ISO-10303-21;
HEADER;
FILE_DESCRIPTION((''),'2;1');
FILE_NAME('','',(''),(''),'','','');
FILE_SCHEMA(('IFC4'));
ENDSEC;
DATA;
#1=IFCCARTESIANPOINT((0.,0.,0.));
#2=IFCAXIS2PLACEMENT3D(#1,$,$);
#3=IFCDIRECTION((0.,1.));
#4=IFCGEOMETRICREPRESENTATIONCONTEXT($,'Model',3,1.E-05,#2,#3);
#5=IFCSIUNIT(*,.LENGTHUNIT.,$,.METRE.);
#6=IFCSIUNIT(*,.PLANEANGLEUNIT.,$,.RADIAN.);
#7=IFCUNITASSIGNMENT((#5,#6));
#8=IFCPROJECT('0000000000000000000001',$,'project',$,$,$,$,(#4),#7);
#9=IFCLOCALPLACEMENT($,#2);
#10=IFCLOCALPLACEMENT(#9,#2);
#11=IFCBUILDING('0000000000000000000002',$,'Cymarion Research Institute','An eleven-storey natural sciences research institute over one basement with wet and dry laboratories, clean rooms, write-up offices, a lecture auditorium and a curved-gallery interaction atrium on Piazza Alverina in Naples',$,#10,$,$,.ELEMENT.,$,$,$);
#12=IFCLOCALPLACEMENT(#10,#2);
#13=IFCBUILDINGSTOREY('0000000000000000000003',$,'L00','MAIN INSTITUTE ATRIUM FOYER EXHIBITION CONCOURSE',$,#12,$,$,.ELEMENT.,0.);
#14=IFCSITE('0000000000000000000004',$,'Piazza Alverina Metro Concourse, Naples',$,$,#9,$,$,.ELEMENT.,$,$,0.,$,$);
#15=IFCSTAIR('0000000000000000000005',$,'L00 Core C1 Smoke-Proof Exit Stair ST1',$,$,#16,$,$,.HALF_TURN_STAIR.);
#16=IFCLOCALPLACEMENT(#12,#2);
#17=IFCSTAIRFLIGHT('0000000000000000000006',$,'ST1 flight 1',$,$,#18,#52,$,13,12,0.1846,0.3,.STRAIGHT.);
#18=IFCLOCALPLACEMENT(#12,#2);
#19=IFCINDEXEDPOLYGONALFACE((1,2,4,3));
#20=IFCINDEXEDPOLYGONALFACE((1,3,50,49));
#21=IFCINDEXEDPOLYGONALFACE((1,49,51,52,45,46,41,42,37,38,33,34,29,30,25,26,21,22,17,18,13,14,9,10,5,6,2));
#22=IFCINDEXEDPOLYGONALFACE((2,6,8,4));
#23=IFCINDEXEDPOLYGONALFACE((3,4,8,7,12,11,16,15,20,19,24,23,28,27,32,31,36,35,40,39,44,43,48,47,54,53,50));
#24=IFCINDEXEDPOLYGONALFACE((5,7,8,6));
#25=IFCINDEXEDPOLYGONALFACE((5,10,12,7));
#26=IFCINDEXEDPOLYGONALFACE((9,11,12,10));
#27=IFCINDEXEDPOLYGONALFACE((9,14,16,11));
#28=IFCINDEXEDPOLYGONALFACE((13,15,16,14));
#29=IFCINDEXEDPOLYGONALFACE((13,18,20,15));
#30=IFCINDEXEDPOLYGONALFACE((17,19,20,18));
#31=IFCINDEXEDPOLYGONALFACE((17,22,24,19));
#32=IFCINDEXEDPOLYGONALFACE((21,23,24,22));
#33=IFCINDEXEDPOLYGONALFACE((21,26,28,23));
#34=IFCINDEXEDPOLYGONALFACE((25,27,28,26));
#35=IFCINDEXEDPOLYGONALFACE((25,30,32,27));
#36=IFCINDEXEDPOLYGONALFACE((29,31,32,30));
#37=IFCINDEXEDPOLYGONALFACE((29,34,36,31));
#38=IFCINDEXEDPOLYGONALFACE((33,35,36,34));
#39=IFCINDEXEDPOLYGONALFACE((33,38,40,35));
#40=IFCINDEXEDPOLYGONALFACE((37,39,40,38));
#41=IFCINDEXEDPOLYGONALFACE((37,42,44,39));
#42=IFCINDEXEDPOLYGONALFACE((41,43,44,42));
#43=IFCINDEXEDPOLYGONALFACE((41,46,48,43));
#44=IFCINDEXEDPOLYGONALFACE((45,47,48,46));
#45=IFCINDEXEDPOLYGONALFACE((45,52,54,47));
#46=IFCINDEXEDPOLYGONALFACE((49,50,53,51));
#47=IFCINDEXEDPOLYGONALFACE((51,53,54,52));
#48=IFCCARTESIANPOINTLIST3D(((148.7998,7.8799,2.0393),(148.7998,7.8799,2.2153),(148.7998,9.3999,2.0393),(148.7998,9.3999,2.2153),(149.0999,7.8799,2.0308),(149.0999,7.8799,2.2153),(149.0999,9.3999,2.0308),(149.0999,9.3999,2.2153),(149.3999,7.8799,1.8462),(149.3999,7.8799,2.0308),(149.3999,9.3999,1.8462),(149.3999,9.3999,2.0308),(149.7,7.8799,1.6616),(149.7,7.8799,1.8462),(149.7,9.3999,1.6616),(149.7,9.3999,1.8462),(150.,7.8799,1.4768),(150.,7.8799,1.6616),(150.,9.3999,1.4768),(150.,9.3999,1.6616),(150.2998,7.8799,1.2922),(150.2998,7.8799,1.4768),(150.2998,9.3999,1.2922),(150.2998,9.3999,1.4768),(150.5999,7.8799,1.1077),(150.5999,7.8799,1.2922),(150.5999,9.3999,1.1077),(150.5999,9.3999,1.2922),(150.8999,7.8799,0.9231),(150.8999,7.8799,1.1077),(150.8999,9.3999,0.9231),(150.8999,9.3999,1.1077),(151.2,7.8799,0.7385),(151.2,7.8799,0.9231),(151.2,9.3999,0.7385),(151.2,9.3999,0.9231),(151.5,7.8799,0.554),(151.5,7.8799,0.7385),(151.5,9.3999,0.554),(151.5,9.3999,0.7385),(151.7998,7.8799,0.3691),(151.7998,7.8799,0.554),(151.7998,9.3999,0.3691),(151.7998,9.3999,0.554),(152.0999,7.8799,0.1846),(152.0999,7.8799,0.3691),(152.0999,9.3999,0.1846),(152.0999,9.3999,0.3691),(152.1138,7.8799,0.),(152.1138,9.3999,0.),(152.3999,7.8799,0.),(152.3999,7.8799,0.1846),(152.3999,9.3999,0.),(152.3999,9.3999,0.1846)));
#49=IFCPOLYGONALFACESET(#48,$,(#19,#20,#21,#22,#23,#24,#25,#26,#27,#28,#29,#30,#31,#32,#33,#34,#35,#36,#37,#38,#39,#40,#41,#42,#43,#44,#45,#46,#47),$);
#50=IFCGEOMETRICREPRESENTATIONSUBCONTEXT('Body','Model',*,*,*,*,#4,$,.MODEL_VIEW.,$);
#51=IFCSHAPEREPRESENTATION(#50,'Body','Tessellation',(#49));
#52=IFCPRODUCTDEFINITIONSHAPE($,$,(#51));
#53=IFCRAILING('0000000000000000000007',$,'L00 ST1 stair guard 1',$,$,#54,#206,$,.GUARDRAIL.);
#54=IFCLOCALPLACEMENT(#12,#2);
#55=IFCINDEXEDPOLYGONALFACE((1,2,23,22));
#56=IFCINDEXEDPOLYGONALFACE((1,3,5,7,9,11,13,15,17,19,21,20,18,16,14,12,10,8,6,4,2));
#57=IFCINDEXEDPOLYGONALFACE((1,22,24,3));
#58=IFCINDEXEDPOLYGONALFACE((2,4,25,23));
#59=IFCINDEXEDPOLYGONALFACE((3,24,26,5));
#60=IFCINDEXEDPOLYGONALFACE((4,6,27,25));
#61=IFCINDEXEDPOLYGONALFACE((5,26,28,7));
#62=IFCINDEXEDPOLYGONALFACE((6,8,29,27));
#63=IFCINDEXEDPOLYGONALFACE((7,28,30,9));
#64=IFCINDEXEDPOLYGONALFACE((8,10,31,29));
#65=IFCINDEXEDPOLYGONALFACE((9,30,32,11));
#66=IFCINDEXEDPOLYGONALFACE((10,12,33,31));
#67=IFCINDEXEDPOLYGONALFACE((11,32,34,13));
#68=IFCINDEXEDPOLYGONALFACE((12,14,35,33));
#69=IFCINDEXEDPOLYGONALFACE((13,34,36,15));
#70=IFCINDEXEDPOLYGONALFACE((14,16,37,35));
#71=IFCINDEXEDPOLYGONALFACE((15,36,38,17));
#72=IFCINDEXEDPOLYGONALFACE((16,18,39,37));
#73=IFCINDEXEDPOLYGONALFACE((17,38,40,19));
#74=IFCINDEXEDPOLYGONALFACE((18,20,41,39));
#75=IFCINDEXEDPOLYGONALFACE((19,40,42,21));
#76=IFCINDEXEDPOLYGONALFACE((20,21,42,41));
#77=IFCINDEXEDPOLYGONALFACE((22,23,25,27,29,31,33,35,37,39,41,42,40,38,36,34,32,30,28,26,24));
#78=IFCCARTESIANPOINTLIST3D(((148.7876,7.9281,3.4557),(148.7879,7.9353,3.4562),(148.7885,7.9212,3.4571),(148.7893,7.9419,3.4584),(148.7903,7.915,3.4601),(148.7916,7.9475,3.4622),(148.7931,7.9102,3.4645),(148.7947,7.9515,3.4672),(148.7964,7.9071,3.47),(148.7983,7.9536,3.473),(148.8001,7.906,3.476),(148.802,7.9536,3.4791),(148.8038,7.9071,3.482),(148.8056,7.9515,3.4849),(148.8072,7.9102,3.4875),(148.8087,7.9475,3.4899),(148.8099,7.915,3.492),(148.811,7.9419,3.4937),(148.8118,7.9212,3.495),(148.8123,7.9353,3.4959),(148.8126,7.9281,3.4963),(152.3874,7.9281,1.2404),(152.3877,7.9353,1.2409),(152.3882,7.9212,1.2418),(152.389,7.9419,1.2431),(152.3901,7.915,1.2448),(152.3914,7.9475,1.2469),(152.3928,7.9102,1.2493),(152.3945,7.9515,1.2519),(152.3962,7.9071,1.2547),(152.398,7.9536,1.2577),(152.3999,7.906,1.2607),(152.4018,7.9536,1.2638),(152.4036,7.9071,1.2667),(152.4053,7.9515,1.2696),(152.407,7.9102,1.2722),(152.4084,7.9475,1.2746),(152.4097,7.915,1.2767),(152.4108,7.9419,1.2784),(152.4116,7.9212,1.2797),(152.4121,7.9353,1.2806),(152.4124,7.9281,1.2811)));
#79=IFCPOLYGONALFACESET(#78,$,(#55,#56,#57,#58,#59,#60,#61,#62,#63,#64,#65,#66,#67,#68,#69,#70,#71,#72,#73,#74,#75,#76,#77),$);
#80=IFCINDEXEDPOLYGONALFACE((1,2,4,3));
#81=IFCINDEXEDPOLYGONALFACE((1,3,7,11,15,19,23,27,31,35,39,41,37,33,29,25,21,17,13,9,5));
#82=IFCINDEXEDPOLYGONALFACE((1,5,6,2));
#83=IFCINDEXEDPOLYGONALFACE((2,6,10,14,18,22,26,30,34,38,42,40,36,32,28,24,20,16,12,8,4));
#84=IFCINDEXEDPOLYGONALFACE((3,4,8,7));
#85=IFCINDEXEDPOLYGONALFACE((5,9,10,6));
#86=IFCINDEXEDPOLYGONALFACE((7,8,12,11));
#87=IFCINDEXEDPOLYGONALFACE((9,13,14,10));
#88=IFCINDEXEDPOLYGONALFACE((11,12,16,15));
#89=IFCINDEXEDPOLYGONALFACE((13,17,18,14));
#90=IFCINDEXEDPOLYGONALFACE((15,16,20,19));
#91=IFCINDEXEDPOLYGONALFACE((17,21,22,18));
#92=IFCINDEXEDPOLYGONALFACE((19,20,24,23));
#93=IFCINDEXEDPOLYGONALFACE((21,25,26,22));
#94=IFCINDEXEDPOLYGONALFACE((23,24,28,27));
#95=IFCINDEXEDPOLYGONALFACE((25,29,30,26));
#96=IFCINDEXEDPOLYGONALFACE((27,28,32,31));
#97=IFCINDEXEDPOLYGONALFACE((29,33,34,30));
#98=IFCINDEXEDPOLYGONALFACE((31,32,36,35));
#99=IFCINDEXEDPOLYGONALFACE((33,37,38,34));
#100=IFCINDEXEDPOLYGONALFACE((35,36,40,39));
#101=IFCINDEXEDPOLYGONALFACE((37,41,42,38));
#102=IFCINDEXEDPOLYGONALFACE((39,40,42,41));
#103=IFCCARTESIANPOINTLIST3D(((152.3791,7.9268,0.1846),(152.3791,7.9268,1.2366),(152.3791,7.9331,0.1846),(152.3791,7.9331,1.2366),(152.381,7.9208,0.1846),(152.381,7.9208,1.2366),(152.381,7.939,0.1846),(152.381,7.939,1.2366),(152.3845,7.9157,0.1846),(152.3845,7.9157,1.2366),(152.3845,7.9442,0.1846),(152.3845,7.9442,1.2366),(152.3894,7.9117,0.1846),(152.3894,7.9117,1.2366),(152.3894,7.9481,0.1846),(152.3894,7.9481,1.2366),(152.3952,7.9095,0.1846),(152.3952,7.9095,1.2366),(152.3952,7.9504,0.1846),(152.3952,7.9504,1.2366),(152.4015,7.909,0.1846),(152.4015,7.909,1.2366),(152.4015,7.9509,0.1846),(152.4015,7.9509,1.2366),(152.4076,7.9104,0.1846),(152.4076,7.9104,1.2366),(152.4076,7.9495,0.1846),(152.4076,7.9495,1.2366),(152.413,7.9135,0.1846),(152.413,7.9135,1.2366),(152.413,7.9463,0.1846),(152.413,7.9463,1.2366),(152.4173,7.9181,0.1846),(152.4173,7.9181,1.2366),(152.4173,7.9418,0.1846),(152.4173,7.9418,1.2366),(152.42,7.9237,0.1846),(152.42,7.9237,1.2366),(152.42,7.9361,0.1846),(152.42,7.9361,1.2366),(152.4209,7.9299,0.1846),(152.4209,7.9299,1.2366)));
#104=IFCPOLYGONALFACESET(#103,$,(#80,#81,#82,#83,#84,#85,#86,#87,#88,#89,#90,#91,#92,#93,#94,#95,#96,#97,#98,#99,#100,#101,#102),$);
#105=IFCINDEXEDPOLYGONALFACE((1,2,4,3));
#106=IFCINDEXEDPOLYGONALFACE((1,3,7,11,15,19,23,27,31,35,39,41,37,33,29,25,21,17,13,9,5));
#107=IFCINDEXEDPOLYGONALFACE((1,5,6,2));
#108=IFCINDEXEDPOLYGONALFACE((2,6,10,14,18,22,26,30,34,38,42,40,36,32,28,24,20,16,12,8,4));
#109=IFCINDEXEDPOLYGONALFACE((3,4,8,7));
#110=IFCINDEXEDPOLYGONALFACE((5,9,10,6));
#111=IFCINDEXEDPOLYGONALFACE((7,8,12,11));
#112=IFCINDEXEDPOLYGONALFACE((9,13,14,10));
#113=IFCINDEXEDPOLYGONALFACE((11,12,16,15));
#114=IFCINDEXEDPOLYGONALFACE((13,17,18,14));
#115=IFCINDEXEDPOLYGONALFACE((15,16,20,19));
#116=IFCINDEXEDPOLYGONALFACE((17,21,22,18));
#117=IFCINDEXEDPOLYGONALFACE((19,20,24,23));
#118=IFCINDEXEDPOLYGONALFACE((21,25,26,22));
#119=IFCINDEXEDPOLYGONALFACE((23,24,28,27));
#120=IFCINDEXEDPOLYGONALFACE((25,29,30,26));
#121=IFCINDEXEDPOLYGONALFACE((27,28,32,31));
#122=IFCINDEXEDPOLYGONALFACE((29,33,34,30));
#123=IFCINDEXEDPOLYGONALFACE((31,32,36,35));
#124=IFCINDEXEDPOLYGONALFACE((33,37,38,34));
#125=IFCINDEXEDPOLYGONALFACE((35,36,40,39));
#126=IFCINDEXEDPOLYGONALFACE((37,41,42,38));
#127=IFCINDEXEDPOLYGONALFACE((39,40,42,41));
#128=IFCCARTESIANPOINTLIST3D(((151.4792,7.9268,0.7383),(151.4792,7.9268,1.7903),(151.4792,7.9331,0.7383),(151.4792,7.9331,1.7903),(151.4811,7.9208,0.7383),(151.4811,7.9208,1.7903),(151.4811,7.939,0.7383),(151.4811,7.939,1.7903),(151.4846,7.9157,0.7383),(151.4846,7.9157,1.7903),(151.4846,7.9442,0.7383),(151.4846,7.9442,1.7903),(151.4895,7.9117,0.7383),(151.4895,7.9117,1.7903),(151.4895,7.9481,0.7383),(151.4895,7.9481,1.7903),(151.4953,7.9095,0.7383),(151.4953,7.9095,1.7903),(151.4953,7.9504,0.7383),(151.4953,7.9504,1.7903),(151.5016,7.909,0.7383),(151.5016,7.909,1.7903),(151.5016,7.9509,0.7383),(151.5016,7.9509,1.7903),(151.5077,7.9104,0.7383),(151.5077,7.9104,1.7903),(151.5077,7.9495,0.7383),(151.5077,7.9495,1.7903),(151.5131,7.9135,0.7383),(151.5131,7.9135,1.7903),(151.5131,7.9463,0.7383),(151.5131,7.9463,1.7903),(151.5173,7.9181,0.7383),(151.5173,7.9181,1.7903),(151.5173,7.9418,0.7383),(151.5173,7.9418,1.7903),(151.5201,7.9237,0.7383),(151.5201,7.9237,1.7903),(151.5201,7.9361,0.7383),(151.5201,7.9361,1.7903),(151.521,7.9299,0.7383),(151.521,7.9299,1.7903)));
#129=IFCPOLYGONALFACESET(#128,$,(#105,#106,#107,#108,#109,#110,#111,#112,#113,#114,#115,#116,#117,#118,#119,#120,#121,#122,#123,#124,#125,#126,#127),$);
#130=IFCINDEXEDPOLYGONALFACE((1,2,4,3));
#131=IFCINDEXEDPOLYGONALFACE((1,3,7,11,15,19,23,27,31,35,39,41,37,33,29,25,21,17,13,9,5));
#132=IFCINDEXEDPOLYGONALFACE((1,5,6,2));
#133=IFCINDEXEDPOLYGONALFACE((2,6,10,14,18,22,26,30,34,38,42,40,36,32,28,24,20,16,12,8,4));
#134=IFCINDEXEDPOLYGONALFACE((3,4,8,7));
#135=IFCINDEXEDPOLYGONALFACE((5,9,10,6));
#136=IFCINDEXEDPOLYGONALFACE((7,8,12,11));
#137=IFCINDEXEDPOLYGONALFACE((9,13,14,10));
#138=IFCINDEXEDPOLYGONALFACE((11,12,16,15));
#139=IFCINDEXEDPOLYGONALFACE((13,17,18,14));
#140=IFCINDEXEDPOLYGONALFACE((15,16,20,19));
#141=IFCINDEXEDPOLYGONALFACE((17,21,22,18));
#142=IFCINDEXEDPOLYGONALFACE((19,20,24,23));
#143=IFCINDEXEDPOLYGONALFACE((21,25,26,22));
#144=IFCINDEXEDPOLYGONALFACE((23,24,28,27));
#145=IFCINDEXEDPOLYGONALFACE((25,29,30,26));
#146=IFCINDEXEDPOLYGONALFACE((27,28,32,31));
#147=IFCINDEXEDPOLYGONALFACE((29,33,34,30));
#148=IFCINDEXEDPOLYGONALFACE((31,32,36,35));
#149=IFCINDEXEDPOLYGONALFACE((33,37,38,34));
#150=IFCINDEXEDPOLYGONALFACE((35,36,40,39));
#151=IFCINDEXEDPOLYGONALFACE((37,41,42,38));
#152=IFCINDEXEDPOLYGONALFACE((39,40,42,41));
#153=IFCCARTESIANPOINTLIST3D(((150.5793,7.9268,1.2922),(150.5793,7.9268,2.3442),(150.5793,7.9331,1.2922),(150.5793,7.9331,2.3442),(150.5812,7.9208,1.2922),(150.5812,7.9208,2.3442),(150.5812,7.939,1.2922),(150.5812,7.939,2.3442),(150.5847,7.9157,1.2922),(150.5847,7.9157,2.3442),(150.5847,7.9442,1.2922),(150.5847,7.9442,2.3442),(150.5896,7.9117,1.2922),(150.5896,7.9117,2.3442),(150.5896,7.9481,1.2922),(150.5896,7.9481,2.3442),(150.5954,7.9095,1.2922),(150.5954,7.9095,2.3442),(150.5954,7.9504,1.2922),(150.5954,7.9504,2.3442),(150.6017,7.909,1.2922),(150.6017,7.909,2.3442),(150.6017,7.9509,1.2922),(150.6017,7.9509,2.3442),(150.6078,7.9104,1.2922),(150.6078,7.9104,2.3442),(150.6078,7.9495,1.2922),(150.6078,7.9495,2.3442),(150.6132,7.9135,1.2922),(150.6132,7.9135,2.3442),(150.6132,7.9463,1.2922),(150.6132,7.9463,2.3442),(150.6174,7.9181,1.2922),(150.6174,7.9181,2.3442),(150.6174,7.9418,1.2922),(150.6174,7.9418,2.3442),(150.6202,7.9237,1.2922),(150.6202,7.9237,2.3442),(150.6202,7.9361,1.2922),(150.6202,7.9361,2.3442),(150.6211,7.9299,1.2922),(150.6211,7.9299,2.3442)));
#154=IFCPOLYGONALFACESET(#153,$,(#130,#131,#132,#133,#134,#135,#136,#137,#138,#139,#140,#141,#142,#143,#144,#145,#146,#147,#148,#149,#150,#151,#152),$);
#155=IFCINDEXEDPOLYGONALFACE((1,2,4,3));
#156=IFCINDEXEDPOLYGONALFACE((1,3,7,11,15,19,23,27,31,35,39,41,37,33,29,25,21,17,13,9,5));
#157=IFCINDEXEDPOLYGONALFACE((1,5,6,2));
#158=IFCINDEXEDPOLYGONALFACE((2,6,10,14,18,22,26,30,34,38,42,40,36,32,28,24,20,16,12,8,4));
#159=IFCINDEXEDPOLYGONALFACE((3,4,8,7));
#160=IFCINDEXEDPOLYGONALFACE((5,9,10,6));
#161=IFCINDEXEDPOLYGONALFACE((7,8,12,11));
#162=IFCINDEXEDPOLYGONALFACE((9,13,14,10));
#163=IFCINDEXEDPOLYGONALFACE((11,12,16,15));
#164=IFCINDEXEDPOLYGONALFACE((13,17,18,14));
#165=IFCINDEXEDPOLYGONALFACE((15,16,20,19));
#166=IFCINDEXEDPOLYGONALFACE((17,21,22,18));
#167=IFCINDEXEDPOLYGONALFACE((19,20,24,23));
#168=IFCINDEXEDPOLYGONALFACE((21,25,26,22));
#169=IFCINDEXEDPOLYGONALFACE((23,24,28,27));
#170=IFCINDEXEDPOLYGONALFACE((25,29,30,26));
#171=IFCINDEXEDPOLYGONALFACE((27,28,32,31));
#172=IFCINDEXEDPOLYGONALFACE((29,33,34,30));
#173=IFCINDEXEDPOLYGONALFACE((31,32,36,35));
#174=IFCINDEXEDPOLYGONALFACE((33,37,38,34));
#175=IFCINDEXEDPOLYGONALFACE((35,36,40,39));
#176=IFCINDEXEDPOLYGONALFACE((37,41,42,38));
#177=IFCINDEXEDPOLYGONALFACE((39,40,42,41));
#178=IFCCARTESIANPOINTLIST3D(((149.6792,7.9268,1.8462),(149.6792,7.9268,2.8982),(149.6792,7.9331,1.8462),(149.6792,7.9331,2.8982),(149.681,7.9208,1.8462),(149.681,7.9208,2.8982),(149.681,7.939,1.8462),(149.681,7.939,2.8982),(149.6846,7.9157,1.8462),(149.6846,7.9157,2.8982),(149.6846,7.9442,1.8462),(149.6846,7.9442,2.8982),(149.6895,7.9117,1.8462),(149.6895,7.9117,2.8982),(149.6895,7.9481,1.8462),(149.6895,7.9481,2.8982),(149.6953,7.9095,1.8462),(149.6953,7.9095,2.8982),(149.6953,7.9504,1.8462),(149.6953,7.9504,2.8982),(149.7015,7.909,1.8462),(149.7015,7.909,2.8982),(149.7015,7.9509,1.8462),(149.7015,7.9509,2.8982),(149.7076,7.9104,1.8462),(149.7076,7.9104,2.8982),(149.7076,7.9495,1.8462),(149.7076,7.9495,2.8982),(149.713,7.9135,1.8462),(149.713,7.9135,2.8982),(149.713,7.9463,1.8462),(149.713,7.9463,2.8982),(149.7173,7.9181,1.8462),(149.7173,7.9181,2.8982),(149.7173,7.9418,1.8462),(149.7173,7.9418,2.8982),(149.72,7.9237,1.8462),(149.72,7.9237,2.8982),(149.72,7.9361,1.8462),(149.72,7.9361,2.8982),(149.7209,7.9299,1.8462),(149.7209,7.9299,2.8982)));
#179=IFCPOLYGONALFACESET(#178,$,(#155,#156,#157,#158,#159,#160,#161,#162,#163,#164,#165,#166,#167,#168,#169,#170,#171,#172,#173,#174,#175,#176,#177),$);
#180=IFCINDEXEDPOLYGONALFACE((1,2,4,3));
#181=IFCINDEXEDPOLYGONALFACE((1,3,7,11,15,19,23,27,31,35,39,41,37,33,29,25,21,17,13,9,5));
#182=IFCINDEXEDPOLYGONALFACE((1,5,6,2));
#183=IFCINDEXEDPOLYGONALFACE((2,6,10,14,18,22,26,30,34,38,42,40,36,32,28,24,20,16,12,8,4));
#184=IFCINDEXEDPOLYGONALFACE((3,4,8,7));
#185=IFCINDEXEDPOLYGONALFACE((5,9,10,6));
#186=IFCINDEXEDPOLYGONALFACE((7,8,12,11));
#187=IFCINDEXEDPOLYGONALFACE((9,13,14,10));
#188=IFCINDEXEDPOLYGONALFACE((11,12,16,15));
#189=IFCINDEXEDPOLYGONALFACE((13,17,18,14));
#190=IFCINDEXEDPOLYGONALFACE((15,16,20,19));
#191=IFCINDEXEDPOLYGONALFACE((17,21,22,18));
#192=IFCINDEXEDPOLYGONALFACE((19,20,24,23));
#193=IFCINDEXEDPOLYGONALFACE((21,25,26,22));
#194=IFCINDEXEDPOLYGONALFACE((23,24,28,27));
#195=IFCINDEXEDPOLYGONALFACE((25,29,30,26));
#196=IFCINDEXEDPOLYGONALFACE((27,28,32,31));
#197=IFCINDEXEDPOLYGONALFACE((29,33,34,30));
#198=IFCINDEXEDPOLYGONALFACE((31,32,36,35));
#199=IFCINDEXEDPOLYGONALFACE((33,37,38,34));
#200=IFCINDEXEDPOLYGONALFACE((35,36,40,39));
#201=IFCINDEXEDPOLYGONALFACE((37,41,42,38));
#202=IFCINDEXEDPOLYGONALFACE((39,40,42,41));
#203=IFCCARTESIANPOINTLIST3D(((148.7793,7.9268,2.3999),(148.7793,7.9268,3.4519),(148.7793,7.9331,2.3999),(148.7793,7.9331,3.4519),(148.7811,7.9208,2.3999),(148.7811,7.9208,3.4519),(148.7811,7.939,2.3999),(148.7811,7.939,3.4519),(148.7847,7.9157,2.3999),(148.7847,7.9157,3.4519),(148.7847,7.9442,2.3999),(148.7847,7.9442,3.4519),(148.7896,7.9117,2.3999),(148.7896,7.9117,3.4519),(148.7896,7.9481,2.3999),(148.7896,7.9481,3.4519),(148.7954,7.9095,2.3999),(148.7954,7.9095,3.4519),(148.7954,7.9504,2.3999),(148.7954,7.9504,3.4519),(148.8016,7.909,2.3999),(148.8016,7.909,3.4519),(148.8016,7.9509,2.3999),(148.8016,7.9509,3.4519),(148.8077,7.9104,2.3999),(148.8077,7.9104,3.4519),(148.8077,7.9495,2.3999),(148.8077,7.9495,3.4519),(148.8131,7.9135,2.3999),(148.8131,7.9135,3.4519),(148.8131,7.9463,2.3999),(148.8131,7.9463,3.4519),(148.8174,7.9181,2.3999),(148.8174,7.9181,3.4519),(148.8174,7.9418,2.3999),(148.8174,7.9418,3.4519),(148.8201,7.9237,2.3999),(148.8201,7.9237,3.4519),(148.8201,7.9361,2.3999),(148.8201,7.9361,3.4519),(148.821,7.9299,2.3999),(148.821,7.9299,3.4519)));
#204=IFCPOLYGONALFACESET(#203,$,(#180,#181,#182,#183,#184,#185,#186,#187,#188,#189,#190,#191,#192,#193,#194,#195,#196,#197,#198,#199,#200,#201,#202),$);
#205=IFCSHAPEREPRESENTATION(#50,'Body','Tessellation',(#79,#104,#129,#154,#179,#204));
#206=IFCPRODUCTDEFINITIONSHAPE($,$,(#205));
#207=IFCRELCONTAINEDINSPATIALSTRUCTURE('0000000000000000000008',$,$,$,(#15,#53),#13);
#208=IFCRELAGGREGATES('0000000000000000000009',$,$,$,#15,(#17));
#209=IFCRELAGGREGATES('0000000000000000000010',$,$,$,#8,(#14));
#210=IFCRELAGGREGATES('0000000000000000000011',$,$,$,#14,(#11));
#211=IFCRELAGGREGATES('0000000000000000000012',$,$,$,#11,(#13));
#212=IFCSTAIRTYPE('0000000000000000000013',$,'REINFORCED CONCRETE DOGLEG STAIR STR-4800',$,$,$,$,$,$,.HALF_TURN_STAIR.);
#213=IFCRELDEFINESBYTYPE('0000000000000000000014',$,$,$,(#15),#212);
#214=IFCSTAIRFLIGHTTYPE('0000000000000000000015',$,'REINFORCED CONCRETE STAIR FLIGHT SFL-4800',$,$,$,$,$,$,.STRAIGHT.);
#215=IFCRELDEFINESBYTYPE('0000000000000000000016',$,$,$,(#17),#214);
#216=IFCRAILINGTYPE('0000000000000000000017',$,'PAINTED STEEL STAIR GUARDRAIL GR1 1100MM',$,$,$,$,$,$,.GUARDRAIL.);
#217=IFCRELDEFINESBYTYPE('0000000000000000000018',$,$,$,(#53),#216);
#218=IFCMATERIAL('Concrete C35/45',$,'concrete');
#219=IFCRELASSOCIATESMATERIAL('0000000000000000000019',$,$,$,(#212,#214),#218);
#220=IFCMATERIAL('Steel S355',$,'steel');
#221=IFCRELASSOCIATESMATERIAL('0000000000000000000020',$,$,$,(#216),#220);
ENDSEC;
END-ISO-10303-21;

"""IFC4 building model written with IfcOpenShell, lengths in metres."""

from ifc_helpers import new_model, si_unit, direction, frame, origin, origin_2d, place, context, subcontext, project, spatial, polyline, circle, outline, extrude, material, type_object, element, aggregate, save


model = new_model("IFC4")

# Units and contexts
model_context = context("Model", 3, precision=1e-05, world=origin(), true_north=direction((0.0, 1.0)))
body_context = subcontext(model_context, "Body", "Model", "MODEL_VIEW")
ifc_project = project(units=[si_unit("LENGTHUNIT", "METRE"), si_unit("PLANEANGLEUNIT", "RADIAN")], contexts=[model_context])

# Site, building, storey
site_placement = place(None, origin())
site = spatial("IfcSite", under=ifc_project, at=site_placement, Name="Piazza Alverina Metro Concourse, Naples", CompositionType="ELEMENT", RefElevation=0.0)
building_placement = place(site_placement, origin())
building = spatial("IfcBuilding", under=site, at=building_placement, Name="Cymarion Research Institute", Description="An eleven-storey natural sciences research institute over one basement with wet and dry laboratories, clean rooms, write-up offices, a lecture auditorium and a curved-gallery interaction atrium on Piazza Alverina in Naples", CompositionType="ELEMENT")
storey_placement = place(building_placement, origin())
storey = spatial("IfcBuildingStorey", under=building, at=storey_placement, Name="L00", Description="MAIN INSTITUTE ATRIUM FOYER EXHIBITION CONCOURSE", CompositionType="ELEMENT", Elevation=0.0)

# Shared definitions
ifc_material_1 = material(Name="Steel S355", Category="steel")

# Stair, stair flight
ifc_material_2 = material(Name="Concrete C35/45", Category="concrete")
stair_type = type_object("IfcStairType", Name="REINFORCED CONCRETE DOGLEG STAIR STR-4800", PredefinedType="HALF_TURN_STAIR", material=ifc_material_2)
stair_placement = place(storey_placement, origin())
stair = element("IfcStair", 1, at=stair_placement, inside=storey, type_object=stair_type, Name="L00 Core C1 Smoke-Proof Exit Stair ST1", PredefinedType="HALF_TURN_STAIR")
stair_flight_type = type_object("IfcStairFlightType", Name="REINFORCED CONCRETE STAIR FLIGHT SFL-4800", PredefinedType="STRAIGHT", material=ifc_material_2)
stair_flight_placement = place(storey_placement, frame((152.3999, 8.6399, 0.0), z_axis=(0.0, 0.0, 1.0), x_axis=(-1.0, 0.0, 0.0)))
stair_flight = element("IfcStairFlight", 2, at=stair_flight_placement, type_object=stair_flight_type, Name="ST1 flight 1", NumberOfRisers=13, NumberOfTreads=12, PredefinedType="STRAIGHT", RiserHeight=0.1846, TreadLength=0.3, context=body_context, shape_type="SweptSolid", body=[
    extrude(outline(polyline([(0.0, 0.0), (0.0, 0.1846), (0.3, 0.1846), (0.3, 0.3691), (0.6001, 0.3691), (0.6001, 0.554), (0.8999, 0.554), (0.8999, 0.7385), (1.2, 0.7385), (1.2, 0.9231), (1.5, 0.9231), (1.5, 1.1077), (1.8, 1.1077), (1.8, 1.2922), (2.1001, 1.2922), (2.1001, 1.4768), (2.3999, 1.4768), (2.3999, 1.6616), (2.7, 1.6616), (2.7, 1.8462), (3.0, 1.8462), (3.0, 2.0308), (3.3, 2.0308), (3.3, 2.2153), (3.6001, 2.2153), (3.6001, 2.3999), (3.6001, 2.0393), (0.2861, 0.0), (0.0, 0.0)])), frame((0.0, 0.76, 0.0), z_axis=(0.0, -1.0, 0.0), x_axis=(1.0, 0.0, 0.0)), (0.0, 0.0, 1.0), 1.52),
])
aggregate(stair, [stair_flight])

# Railing
railing_type_1 = type_object("IfcRailingType", Name="PAINTED STEEL STAIR GUARDRAIL GR1 1100MM", PredefinedType="GUARDRAIL", material=ifc_material_1)
railing_1_placement = place(storey_placement, frame((152.3999, 7.9299, 0.1846)))
element("IfcRailing", 3, at=railing_1_placement, inside=storey, type_object=railing_type_1, Name="L00 ST1 stair guard 1", PredefinedType="GUARDRAIL", context=body_context, shape_type="SweptSolid", body=[
    extrude(circle(Radius=0.0239, at=origin_2d()), frame((0.0, 0.0, 1.0762), z_axis=(-0.851654, 0.0, 0.524104), x_axis=(0.0, -1.0, 0.0)), (0.0, 0.0, 1.0), 4.2268),
    extrude(circle(Radius=0.021, at=origin_2d()), origin(), (0.0, 0.0, 1.0), 1.052),
    extrude(circle(Radius=0.021, at=origin_2d()), frame((-0.8999, 0.0, 0.5537)), (0.0, 0.0, 1.0), 1.052),
    extrude(circle(Radius=0.021, at=origin_2d()), frame((-1.7998, 0.0, 1.1077)), (0.0, 0.0, 1.0), 1.052),
    extrude(circle(Radius=0.021, at=origin_2d()), frame((-2.7, 0.0, 1.6616)), (0.0, 0.0, 1.0), 1.052),
    extrude(circle(Radius=0.021, at=origin_2d()), frame((-3.5999, 0.0, 2.2153)), (0.0, 0.0, 1.0), 1.052),
])

save(model, "model.ifc")
